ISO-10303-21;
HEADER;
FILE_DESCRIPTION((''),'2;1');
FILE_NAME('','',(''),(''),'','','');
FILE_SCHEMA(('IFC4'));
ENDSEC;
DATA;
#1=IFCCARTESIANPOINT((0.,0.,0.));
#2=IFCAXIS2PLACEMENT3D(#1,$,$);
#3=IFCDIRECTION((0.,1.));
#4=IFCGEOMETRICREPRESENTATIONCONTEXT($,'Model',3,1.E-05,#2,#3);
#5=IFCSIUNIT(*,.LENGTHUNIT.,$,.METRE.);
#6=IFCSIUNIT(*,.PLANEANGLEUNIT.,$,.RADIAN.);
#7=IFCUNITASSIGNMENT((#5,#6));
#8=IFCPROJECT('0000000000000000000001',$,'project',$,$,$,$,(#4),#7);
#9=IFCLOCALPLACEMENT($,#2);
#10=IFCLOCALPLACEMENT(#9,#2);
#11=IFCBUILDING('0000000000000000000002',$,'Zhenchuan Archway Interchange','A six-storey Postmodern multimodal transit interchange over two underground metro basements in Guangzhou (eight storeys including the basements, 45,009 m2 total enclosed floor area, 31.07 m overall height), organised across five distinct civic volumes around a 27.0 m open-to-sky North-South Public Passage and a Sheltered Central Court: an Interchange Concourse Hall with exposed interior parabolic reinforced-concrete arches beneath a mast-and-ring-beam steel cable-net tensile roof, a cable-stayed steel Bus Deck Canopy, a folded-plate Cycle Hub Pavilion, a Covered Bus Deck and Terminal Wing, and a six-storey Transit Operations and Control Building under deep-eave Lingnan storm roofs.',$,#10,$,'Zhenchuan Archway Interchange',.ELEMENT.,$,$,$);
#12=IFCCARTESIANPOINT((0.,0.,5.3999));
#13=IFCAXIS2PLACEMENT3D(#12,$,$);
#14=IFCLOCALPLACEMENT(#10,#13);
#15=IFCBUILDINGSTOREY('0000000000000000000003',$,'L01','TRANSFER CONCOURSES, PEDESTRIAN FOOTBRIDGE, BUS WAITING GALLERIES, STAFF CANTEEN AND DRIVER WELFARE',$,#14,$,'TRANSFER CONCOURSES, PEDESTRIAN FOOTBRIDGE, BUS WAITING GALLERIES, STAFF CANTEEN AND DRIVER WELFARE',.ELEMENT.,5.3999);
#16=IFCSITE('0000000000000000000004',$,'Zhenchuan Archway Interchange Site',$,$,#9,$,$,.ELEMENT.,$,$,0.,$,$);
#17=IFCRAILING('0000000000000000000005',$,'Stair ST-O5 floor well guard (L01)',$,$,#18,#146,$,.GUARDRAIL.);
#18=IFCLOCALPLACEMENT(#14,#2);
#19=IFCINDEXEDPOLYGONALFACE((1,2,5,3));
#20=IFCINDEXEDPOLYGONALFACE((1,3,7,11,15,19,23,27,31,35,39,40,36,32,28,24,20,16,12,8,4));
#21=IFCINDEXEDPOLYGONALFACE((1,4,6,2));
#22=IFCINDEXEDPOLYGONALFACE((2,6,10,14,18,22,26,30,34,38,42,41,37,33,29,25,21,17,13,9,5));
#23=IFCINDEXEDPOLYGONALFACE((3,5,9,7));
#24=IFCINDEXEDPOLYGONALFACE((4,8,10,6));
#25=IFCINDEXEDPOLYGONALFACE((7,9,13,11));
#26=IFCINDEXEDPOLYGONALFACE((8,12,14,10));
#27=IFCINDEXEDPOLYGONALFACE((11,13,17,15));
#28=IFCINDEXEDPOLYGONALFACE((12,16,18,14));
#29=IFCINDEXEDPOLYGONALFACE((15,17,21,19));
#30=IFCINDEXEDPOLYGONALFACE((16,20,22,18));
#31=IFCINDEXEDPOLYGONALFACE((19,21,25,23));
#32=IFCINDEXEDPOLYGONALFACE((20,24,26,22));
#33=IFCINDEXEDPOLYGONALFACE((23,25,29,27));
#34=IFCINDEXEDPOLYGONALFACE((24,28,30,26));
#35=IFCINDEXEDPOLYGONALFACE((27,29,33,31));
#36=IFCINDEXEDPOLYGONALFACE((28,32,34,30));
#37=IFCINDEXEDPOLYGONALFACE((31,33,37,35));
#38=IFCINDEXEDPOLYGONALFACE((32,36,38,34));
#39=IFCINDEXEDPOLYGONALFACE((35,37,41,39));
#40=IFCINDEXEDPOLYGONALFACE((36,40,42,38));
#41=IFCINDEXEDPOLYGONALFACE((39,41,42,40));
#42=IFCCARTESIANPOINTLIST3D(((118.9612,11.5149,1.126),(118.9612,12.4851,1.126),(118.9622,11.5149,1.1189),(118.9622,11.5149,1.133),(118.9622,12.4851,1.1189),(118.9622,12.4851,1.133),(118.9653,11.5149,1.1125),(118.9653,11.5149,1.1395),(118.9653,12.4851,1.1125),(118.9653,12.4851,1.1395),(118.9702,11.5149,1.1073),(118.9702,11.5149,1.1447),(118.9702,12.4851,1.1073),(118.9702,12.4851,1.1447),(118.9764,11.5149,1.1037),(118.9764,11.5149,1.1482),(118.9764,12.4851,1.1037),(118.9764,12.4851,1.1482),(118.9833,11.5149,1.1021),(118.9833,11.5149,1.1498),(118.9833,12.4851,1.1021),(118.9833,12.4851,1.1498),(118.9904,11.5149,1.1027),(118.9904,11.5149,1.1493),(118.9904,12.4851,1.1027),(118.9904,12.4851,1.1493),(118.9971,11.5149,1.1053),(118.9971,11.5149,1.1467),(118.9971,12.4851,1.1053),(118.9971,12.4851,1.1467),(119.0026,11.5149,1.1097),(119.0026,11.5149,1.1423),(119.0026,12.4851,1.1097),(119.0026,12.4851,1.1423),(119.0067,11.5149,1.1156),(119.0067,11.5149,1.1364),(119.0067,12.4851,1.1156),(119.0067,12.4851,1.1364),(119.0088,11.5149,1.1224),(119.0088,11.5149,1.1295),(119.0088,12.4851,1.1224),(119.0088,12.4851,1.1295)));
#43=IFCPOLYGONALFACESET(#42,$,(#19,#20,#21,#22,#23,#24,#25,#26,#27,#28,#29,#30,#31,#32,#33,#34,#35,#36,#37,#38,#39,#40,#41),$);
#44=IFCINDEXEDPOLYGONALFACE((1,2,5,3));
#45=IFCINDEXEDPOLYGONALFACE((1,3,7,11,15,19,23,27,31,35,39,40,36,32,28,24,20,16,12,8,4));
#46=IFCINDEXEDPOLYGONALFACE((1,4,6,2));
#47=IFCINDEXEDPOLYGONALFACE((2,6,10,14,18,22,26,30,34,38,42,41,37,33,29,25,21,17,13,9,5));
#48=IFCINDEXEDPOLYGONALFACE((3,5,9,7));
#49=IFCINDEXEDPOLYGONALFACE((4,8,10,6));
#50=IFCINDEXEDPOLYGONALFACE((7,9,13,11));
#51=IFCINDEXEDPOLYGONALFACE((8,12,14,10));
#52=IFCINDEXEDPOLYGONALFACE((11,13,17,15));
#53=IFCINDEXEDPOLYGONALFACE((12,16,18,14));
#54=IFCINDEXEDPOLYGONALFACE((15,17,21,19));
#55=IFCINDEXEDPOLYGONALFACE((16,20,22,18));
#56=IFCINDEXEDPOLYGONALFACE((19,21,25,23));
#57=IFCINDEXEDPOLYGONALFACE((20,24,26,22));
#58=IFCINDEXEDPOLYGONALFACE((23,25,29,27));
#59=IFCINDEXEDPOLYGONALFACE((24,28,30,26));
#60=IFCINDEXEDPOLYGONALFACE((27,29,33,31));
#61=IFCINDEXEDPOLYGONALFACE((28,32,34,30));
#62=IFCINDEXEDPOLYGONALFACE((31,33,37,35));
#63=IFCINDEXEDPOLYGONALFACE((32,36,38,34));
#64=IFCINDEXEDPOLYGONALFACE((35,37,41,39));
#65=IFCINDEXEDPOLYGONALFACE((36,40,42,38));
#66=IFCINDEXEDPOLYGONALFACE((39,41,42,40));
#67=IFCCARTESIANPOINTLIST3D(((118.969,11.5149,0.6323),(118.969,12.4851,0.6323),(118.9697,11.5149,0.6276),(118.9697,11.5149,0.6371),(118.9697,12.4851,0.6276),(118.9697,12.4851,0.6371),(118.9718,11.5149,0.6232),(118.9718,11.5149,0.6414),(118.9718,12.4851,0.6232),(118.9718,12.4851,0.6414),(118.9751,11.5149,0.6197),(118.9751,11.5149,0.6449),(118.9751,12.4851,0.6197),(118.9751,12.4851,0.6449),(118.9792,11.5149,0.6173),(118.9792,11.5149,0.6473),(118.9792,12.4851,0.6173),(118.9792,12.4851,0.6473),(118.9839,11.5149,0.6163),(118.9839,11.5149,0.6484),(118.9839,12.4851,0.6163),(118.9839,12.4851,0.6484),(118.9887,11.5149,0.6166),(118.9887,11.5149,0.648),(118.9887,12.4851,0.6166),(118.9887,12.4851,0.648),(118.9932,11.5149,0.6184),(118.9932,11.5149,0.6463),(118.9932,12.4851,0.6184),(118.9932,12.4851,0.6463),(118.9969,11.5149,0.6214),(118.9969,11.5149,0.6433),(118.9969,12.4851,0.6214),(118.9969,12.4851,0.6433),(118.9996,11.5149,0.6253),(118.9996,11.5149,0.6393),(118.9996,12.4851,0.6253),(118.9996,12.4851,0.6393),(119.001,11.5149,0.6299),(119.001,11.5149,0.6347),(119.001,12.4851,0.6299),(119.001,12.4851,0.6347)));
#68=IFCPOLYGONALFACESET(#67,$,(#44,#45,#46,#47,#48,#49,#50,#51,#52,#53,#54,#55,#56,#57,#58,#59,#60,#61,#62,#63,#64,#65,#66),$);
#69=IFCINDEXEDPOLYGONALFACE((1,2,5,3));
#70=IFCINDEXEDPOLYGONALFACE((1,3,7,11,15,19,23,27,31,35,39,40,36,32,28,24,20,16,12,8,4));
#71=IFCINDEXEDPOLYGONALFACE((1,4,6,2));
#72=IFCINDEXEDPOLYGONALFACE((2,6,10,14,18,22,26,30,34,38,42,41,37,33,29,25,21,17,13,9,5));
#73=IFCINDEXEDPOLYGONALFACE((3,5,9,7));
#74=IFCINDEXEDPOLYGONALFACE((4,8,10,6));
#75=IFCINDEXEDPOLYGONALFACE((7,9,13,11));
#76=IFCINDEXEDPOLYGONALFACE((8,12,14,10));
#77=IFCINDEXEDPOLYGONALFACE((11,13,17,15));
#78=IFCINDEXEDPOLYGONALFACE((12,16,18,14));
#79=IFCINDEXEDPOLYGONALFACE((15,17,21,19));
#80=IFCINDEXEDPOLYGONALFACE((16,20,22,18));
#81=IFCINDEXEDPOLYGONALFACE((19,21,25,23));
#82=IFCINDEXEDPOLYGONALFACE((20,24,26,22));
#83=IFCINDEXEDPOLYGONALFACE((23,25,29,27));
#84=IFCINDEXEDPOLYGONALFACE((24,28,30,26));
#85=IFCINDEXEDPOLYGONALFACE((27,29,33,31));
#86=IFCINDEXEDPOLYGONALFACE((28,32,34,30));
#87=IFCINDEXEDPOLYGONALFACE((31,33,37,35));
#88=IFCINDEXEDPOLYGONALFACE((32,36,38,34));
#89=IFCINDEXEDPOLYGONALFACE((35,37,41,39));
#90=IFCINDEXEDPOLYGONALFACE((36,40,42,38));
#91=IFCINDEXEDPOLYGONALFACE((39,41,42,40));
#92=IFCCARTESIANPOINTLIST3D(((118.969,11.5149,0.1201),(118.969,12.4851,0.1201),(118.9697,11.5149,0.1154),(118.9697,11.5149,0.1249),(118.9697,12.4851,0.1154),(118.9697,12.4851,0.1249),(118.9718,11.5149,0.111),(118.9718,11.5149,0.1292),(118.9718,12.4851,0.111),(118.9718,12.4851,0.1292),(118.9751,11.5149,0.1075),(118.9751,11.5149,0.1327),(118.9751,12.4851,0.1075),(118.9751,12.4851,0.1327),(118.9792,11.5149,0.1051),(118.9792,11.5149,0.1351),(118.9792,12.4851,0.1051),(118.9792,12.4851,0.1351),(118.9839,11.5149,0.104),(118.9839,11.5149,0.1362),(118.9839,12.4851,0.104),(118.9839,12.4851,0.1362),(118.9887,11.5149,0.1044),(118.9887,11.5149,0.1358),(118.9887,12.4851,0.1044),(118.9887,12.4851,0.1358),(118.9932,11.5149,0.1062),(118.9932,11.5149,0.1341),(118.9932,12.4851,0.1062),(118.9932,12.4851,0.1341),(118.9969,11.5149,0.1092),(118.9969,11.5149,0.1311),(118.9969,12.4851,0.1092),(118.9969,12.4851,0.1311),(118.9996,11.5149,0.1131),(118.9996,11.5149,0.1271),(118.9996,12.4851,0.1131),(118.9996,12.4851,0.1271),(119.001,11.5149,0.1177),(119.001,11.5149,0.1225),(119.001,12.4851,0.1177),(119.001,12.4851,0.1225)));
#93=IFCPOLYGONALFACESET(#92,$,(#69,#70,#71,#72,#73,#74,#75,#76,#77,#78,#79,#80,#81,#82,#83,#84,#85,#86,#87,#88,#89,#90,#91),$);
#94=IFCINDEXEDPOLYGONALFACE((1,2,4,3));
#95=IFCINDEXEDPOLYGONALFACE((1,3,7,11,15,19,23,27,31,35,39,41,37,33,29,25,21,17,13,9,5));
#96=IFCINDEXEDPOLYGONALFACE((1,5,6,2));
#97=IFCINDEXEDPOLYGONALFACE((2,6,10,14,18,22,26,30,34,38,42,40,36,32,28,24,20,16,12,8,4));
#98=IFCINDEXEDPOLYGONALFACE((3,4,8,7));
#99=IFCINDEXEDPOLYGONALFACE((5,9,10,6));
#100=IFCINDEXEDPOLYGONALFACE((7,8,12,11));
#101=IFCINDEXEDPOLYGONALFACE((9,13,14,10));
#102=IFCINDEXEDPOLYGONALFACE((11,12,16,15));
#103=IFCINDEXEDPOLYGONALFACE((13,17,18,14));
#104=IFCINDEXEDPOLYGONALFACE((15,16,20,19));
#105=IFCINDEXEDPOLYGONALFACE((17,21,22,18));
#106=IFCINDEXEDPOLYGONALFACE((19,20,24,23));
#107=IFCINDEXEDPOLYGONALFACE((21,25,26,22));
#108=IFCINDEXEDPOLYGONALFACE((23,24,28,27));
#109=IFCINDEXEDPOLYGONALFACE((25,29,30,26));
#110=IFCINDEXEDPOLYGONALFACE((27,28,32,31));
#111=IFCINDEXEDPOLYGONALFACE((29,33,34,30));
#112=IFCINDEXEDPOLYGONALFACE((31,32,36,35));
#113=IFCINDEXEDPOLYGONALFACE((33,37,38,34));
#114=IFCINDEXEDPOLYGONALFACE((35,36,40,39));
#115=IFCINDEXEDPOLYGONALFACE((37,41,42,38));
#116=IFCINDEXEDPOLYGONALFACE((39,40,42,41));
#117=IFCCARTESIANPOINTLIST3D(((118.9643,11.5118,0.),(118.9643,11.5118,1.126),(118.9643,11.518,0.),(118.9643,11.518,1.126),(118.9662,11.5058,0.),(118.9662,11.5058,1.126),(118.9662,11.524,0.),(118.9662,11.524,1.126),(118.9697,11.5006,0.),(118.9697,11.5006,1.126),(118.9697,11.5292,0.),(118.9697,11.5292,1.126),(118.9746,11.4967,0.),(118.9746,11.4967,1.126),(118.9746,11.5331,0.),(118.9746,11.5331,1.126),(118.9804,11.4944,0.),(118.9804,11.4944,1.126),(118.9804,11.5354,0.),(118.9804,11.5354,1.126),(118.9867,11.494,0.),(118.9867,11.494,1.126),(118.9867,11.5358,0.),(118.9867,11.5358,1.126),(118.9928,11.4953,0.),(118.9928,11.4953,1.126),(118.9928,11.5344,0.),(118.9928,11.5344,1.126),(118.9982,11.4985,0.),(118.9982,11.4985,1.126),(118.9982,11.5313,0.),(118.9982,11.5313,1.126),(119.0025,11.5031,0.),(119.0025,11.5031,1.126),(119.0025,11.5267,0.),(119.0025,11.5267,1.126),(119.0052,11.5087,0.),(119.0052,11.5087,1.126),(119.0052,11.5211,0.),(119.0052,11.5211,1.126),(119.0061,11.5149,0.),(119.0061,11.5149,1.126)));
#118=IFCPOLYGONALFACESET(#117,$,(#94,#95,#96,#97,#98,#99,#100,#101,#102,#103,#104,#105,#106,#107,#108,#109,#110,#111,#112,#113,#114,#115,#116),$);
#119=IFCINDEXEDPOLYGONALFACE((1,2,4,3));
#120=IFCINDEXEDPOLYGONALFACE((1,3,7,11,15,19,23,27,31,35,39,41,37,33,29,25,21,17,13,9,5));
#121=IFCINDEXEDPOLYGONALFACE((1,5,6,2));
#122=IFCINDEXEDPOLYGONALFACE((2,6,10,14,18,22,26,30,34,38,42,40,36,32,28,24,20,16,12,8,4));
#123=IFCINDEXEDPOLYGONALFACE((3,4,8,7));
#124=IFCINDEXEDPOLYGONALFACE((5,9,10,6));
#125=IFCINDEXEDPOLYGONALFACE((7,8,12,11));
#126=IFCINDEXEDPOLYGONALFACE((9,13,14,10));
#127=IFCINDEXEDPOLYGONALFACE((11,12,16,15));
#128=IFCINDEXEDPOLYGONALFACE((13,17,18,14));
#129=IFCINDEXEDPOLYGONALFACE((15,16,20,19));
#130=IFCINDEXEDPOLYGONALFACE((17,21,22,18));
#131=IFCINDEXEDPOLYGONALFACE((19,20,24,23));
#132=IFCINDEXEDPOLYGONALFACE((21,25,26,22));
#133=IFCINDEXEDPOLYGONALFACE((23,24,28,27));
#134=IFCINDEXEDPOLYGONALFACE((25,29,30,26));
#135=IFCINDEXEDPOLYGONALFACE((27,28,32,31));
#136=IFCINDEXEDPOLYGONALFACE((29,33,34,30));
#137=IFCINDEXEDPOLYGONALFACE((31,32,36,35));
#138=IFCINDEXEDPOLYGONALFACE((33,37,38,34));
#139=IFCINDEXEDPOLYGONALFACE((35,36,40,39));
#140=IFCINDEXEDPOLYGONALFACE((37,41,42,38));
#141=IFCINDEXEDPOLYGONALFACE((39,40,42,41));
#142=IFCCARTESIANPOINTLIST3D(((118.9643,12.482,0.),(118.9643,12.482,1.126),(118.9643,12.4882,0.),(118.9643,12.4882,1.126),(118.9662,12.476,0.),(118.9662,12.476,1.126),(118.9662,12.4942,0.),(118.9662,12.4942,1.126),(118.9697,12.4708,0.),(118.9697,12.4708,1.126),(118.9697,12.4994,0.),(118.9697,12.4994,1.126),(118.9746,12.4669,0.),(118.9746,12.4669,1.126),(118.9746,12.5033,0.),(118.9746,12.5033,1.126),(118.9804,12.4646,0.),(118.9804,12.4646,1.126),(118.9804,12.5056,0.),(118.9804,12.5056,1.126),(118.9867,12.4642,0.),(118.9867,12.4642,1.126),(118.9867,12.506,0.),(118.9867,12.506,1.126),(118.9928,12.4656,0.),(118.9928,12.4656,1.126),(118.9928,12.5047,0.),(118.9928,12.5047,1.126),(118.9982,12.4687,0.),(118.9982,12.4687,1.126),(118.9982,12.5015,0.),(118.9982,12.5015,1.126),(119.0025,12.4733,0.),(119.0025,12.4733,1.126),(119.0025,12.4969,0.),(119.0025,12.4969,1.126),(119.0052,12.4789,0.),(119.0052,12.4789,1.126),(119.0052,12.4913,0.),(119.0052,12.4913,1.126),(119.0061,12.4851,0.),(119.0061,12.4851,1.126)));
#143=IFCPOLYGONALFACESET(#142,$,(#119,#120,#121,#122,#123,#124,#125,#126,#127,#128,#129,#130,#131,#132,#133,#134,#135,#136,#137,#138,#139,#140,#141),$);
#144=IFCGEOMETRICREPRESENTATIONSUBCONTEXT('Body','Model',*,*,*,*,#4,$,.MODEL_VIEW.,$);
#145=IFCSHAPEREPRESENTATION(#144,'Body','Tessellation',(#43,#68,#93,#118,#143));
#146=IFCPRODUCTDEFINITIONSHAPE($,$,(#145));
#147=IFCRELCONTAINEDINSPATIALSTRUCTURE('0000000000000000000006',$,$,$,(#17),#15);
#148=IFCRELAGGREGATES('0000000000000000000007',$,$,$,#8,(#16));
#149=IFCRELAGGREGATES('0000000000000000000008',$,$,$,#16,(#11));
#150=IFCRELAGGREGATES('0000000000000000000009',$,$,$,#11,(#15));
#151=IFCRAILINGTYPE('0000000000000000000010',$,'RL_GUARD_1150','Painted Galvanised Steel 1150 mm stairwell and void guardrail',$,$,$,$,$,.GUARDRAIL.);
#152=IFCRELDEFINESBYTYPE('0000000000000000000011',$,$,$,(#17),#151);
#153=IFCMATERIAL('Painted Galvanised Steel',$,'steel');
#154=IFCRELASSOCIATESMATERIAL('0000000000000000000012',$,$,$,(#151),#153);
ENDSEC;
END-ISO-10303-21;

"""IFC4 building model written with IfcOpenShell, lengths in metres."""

from ifc_helpers import new_model, si_unit, direction, frame, origin, origin_2d, place, context, subcontext, project, spatial, circle, extrude, material, type_object, element, save


model = new_model("IFC4")

# Units and contexts
model_context = context("Model", 3, precision=1e-05, world=origin(), true_north=direction((0.0, 1.0)))
body_context = subcontext(model_context, "Body", "Model", "MODEL_VIEW")
ifc_project = project(units=[si_unit("LENGTHUNIT", "METRE"), si_unit("PLANEANGLEUNIT", "RADIAN")], contexts=[model_context])

# Site, building, storey
site_placement = place(None, origin())
site = spatial("IfcSite", under=ifc_project, at=site_placement, Name="Zhenchuan Archway Interchange Site", CompositionType="ELEMENT", RefElevation=0.0)
building_placement = place(site_placement, origin())
building = spatial("IfcBuilding", under=site, at=building_placement, Name="Zhenchuan Archway Interchange", Description="A six-storey Postmodern multimodal transit interchange over two underground metro basements in Guangzhou (eight storeys including the basements, 45,009 m2 total enclosed floor area, 31.07 m overall height), organised across five distinct civic volumes around a 27.0 m open-to-sky North-South Public Passage and a Sheltered Central Court: an Interchange Concourse Hall with exposed interior parabolic reinforced-concrete arches beneath a mast-and-ring-beam steel cable-net tensile roof, a cable-stayed steel Bus Deck Canopy, a folded-plate Cycle Hub Pavilion, a Covered Bus Deck and Terminal Wing, and a six-storey Transit Operations and Control Building under deep-eave Lingnan storm roofs.", LongName="Zhenchuan Archway Interchange", CompositionType="ELEMENT")
storey_placement = place(building_placement, frame((0.0, 0.0, 5.3999)))
storey = spatial("IfcBuildingStorey", under=building, at=storey_placement, Name="L01", Description="TRANSFER CONCOURSES, PEDESTRIAN FOOTBRIDGE, BUS WAITING GALLERIES, STAFF CANTEEN AND DRIVER WELFARE", LongName="TRANSFER CONCOURSES, PEDESTRIAN FOOTBRIDGE, BUS WAITING GALLERIES, STAFF CANTEEN AND DRIVER WELFARE", CompositionType="ELEMENT", Elevation=5.3999)

# Railing
ifc_material_1 = material(Name="Painted Galvanised Steel", Category="steel")
railing_type_1 = type_object("IfcRailingType", Name="RL_GUARD_1150", Description="Painted Galvanised Steel 1150 mm stairwell and void guardrail", PredefinedType="GUARDRAIL", material=ifc_material_1)
for number, where, name in (
    (1, (118.9851, 11.5149, 0.0), "Stair ST-O5 floor well guard (L01)"),
):
    element("IfcRailing", number, at=place(storey_placement, frame(where)), inside=storey, type_object=railing_type_1, Name=name, PredefinedType="GUARDRAIL", context=body_context, shape_type="SweptSolid", body=[
        extrude(circle(Radius=0.0239, at=origin_2d()), frame((0.0, 0.0, 1.126), z_axis=(0.0, 1.0, 0.0), x_axis=(-1.0, 0.0, 0.0)), (0.0, 0.0, 1.0), 0.9702),
        extrude(circle(Radius=0.0161, at=origin_2d()), frame((0.0, 0.0, 0.6323), z_axis=(0.0, 1.0, 0.0), x_axis=(-1.0, 0.0, 0.0)), (0.0, 0.0, 1.0), 0.9702),
        extrude(circle(Radius=0.0161, at=origin_2d()), frame((0.0, 0.0, 0.1201), z_axis=(0.0, 1.0, 0.0), x_axis=(-1.0, 0.0, 0.0)), (0.0, 0.0, 1.0), 0.9702),
        extrude(circle(Radius=0.021, at=origin_2d()), origin(), (0.0, 0.0, 1.0), 1.126),
        extrude(circle(Radius=0.021, at=origin_2d()), frame((0.0, 0.9702, 0.0)), (0.0, 0.0, 1.0), 1.126),
    ])

save(model, "model.ifc")
